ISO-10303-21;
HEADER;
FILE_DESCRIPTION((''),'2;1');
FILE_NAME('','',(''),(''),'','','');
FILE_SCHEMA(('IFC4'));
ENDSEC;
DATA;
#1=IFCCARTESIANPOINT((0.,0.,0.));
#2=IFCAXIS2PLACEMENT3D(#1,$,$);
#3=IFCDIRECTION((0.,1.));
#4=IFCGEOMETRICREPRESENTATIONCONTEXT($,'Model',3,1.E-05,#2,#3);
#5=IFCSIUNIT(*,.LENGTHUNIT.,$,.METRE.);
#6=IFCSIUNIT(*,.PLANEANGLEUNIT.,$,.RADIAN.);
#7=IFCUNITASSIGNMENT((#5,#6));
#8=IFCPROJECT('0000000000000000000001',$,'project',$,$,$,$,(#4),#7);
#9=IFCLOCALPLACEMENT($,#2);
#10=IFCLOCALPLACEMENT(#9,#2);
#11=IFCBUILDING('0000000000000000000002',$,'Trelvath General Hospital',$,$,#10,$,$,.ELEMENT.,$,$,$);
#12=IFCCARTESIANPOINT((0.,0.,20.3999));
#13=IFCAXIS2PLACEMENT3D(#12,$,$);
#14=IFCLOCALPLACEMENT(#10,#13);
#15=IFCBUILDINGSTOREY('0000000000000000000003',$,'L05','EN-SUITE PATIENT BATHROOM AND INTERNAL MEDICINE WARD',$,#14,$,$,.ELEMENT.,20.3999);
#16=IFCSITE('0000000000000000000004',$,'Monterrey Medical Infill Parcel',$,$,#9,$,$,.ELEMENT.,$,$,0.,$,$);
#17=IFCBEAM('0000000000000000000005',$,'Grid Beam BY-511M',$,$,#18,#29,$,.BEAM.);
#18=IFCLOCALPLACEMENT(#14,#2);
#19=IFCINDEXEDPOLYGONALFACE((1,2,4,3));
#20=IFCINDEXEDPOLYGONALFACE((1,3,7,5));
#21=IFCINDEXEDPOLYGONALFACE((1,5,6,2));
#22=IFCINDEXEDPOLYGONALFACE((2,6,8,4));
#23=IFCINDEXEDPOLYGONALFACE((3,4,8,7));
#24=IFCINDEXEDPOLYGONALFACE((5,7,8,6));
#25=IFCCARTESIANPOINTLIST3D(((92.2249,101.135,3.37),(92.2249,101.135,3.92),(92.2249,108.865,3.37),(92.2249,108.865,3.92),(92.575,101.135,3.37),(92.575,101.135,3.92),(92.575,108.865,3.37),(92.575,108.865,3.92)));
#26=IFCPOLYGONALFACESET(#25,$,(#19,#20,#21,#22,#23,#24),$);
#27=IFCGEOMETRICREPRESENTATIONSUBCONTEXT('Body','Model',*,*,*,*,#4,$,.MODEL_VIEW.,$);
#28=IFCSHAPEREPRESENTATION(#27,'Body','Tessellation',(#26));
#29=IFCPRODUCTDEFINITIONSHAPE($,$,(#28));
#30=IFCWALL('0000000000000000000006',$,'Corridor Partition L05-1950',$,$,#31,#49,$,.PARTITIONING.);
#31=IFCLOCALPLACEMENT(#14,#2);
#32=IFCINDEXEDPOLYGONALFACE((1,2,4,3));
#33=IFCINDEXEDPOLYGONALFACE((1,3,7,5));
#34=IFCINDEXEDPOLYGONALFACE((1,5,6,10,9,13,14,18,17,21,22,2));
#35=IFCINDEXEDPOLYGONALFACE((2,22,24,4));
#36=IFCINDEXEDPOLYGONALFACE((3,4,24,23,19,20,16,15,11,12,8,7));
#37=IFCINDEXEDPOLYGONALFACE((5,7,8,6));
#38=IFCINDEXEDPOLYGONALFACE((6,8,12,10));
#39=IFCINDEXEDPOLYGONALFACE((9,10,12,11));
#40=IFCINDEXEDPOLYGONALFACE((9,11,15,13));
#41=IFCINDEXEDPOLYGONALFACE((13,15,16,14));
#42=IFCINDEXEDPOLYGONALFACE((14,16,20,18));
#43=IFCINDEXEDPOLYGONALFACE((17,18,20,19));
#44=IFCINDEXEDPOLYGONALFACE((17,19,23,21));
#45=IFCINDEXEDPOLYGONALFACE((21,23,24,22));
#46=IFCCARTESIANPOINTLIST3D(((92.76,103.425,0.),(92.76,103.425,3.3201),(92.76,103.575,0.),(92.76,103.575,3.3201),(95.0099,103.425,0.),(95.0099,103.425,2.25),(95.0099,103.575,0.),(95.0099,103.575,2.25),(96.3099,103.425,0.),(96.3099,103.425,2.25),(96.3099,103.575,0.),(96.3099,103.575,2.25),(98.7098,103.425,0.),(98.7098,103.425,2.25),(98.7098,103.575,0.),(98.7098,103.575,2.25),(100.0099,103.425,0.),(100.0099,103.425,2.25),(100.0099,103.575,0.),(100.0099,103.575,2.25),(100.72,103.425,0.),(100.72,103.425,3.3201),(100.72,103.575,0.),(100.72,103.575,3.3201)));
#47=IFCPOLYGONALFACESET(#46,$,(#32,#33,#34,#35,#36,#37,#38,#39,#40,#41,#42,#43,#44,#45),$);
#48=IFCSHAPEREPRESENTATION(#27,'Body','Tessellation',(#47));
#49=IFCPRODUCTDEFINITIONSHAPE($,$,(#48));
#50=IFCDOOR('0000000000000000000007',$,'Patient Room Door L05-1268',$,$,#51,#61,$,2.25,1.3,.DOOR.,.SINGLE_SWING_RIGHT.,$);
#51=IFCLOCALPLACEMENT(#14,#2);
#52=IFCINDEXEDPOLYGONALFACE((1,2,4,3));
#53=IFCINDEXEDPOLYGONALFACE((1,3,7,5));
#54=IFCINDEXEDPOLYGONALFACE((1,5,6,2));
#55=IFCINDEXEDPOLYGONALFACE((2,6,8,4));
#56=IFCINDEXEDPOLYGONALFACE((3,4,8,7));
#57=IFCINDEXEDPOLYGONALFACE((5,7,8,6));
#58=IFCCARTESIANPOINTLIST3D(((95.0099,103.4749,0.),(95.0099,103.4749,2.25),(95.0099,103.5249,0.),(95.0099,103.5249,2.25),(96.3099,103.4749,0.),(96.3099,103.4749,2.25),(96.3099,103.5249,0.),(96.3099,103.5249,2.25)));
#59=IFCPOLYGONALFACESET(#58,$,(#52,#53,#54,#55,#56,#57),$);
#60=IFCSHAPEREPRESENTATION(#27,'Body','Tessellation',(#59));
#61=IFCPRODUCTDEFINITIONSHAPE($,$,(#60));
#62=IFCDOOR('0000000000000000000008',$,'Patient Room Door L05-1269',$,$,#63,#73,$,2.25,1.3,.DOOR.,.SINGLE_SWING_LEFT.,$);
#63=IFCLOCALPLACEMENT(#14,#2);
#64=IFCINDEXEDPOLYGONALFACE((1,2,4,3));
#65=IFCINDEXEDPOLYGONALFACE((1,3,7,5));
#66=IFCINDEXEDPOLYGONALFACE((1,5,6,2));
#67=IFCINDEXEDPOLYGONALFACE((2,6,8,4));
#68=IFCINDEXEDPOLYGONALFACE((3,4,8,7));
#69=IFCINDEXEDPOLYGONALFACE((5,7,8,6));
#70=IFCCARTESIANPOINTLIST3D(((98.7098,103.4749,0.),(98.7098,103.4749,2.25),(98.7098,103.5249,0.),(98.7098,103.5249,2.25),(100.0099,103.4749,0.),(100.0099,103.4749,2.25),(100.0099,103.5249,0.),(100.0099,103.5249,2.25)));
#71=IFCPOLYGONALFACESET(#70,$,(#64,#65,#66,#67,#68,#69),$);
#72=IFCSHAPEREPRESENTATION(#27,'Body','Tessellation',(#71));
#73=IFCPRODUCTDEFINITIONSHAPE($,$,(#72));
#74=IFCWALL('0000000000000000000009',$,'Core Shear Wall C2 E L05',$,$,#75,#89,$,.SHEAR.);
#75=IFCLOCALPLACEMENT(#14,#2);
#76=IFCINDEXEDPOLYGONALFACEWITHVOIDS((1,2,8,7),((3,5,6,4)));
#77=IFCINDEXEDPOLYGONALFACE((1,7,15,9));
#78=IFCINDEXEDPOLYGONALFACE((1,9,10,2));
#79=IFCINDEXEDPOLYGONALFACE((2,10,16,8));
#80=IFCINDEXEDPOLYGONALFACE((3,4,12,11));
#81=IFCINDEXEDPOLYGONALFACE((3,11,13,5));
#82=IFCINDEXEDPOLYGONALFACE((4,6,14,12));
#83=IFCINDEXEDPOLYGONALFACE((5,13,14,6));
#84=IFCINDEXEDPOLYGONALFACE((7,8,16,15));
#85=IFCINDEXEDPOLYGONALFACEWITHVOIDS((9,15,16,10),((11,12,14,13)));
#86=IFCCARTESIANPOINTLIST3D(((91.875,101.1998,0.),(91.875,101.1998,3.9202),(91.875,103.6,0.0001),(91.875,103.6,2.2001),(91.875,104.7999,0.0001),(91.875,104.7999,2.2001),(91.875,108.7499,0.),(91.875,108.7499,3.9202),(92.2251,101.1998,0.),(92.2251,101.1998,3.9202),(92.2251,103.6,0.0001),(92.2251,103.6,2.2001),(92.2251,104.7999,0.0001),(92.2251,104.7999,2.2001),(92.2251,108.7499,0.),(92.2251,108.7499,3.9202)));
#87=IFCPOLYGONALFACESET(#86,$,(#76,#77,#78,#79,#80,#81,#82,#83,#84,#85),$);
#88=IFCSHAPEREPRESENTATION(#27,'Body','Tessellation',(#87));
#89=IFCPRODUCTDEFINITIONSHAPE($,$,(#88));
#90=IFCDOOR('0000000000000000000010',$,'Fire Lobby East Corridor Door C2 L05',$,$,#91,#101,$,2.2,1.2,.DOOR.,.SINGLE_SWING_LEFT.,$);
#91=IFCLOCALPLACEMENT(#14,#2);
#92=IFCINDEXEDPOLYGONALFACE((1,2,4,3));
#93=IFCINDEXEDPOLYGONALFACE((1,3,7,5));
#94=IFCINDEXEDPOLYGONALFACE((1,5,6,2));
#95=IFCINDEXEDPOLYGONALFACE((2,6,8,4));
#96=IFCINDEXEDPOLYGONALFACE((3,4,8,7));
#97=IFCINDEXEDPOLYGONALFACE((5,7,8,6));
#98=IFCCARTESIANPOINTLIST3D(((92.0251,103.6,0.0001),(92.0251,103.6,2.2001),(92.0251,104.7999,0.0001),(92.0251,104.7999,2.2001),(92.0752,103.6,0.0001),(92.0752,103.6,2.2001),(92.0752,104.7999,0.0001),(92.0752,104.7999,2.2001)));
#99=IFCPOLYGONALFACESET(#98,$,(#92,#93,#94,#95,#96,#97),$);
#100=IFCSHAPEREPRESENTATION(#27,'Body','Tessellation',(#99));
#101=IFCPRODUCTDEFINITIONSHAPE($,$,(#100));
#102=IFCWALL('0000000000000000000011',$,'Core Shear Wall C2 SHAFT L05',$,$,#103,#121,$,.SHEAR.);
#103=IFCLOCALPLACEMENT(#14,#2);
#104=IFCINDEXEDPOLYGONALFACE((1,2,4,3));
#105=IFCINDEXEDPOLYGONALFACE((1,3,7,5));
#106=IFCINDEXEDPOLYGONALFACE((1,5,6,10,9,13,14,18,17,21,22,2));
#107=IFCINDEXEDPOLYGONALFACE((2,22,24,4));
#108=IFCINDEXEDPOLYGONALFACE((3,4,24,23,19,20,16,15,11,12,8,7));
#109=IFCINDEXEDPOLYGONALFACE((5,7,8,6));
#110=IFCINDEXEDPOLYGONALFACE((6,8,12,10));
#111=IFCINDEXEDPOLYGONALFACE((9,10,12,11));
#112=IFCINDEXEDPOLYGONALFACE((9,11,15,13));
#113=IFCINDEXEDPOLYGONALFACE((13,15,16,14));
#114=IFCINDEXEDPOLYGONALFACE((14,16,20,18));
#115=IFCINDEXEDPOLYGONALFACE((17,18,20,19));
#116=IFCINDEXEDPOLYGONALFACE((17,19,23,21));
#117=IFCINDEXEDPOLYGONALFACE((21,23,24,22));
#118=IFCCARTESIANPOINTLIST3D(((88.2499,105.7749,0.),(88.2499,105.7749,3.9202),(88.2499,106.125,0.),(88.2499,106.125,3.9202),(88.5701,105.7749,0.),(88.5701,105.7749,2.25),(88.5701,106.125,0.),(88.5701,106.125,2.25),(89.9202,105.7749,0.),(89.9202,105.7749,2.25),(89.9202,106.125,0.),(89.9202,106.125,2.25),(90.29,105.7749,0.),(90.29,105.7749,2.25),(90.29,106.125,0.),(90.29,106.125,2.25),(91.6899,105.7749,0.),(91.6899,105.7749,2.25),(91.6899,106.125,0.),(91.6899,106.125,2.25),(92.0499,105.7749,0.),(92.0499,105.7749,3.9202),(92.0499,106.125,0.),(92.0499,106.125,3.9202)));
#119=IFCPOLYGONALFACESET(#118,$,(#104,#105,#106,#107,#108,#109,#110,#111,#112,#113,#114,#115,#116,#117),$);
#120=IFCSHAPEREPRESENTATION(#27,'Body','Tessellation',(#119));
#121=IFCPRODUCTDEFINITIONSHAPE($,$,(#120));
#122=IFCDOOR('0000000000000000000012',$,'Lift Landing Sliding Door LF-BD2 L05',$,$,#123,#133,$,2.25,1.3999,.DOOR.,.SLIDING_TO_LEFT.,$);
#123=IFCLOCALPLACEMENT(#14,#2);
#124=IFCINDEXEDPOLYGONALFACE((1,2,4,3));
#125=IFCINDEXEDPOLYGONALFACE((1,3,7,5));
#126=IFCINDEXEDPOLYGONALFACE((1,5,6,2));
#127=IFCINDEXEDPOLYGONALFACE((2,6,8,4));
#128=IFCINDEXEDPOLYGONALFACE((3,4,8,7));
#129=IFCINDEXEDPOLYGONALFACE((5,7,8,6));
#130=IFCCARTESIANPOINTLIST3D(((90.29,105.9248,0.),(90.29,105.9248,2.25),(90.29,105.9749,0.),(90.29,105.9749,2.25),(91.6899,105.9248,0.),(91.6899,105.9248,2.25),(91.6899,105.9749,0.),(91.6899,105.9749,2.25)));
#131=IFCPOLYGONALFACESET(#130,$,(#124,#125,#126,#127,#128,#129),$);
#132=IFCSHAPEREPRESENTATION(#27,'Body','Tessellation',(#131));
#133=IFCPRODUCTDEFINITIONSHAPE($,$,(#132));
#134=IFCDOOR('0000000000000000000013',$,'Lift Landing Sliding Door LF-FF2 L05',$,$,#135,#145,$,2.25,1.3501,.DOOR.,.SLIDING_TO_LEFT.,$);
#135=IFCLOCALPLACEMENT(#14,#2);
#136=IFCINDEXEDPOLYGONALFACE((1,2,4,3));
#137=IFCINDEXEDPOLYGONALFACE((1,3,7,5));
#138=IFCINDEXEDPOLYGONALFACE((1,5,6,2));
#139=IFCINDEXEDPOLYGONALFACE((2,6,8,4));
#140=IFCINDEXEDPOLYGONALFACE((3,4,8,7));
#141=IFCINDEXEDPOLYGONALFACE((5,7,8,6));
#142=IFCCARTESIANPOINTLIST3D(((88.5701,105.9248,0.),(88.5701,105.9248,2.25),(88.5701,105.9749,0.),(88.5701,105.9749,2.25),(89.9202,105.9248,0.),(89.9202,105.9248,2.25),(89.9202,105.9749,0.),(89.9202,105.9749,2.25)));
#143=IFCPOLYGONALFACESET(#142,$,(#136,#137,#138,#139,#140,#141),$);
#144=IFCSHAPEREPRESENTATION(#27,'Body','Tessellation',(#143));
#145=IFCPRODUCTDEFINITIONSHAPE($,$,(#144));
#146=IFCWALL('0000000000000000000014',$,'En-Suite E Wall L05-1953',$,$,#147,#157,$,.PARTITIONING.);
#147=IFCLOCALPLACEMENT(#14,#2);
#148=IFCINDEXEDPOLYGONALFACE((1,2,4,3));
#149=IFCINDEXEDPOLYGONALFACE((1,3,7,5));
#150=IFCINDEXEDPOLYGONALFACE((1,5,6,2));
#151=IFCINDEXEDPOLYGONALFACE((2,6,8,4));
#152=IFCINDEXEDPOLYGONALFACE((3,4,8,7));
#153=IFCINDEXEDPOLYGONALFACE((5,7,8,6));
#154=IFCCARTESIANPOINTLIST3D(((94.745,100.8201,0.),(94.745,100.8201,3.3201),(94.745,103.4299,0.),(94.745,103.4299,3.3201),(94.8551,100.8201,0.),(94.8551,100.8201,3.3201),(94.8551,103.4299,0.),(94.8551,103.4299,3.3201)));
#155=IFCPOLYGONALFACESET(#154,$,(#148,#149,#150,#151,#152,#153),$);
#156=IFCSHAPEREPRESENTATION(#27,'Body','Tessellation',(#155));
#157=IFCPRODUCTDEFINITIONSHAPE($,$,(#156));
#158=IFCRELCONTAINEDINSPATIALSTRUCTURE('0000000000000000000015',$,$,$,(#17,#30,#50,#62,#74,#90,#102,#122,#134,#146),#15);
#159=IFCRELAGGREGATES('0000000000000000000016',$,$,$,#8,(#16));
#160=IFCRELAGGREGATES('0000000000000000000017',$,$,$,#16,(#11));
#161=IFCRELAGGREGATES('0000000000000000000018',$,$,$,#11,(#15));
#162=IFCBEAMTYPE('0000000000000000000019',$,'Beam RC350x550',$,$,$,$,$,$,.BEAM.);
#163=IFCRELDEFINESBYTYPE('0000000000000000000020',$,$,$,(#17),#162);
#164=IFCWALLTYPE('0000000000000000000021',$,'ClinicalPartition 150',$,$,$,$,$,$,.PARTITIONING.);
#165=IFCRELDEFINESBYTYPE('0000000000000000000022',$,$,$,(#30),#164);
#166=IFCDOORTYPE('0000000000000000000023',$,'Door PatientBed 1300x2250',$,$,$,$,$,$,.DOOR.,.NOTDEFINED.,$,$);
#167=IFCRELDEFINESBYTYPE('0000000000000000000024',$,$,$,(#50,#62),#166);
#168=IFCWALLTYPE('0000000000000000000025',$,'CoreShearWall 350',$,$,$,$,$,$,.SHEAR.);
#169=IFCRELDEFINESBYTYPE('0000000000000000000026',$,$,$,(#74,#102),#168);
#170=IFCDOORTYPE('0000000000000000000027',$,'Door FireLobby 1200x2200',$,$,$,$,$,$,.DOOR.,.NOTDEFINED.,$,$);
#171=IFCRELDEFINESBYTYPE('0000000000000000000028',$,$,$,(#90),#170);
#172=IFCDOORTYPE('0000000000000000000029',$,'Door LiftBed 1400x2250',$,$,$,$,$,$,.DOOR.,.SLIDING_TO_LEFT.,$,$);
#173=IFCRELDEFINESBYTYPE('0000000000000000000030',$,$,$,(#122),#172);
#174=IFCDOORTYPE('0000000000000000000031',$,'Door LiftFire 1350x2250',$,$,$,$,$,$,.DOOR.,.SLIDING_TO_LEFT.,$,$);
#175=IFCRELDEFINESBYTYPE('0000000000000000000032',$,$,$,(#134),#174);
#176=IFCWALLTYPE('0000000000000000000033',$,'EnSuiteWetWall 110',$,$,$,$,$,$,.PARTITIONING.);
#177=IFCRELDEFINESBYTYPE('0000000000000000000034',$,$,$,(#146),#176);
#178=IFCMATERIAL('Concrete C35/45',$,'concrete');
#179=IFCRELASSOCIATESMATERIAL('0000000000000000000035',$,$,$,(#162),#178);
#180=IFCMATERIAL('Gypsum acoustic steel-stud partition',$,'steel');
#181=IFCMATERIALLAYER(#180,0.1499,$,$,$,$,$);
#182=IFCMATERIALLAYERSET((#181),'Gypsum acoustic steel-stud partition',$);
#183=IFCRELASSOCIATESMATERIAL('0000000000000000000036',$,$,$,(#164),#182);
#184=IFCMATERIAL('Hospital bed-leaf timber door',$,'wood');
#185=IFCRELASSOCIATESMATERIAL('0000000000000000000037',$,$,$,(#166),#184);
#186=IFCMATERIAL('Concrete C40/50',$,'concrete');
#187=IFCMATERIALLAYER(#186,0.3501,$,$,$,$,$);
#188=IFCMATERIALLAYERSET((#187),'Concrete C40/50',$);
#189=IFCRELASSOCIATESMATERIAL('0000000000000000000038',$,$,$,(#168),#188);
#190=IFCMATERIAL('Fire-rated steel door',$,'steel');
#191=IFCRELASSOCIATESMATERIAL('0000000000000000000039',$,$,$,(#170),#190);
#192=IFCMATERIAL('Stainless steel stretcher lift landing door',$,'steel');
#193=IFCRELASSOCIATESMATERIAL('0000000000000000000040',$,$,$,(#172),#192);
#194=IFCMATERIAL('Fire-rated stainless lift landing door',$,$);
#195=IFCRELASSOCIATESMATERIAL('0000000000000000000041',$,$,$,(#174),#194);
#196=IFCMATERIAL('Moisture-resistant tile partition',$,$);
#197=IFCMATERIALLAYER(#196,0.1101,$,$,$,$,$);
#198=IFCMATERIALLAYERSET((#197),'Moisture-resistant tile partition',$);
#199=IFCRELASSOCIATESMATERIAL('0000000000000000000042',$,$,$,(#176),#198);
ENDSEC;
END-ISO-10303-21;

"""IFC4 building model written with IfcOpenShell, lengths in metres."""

from ifc_helpers import new_model, si_unit, direction, frame, frame_2d, origin, origin_2d, place, context, subcontext, project, spatial, rectangle, extrude, material, layer, layer_set, material_profile, profile_set, type_object, element, fill, save


model = new_model("IFC4")

# Units and contexts
model_context = context("Model", 3, precision=1e-05, world=origin(), true_north=direction((0.0, 1.0)))
body_context = subcontext(model_context, "Body", "Model", "MODEL_VIEW")
ifc_project = project(units=[si_unit("LENGTHUNIT", "METRE"), si_unit("PLANEANGLEUNIT", "RADIAN")], contexts=[model_context])

# Site, building, storey
site_placement = place(None, origin())
site = spatial("IfcSite", under=ifc_project, at=site_placement, Name="Monterrey Medical Infill Parcel", CompositionType="ELEMENT", RefElevation=0.0)
building_placement = place(site_placement, origin())
building = spatial("IfcBuilding", under=site, at=building_placement, Name="Trelvath General Hospital", CompositionType="ELEMENT")
storey_placement = place(building_placement, frame((0.0, 0.0, 20.3999)))
storey = spatial("IfcBuildingStorey", under=building, at=storey_placement, Name="L05", Description="EN-SUITE PATIENT BATHROOM AND INTERNAL MEDICINE WARD", CompositionType="ELEMENT", Elevation=20.3999)

# Beam
ifc_material_1 = material(Name="Concrete C35/45", Category="concrete")
ifc_material_profile = material_profile(ifc_material_1, rectangle(XDim=0.3501, YDim=0.55, at=origin_2d()), Name="RCB350x550")
ifc_profile_set = profile_set([ifc_material_profile], Name="Concrete C35/45")
beam_type = type_object("IfcBeamType", Name="Beam RC350x550", PredefinedType="BEAM", material=ifc_profile_set)
beam_placement = place(storey_placement, frame((92.3999, 101.135, 3.645), z_axis=(0.0, 1.0, 0.0), x_axis=(-1.0, 0.0, 0.0)))
element("IfcBeam", 1, at=beam_placement, inside=storey, type_object=beam_type, Name="Grid Beam BY-511M", PredefinedType="BEAM", context=body_context, shape_type="SweptSolid", body=[
    extrude(rectangle(XDim=0.3501, YDim=0.55, at=origin_2d()), origin(), (0.0, 0.0, 1.0), 7.73),
])

# Wall, openings, doors
ifc_material_2 = material(Name="Gypsum acoustic steel-stud partition", Category="steel")
ifc_layer_1 = layer(ifc_material_2, 0.1499)
ifc_layer_set_1 = layer_set([ifc_layer_1], Name="Gypsum acoustic steel-stud partition")
wall_type_1 = type_object("IfcWallType", Name="ClinicalPartition 150", PredefinedType="PARTITIONING", material=ifc_layer_set_1)
wall_1_placement = place(storey_placement, frame((92.76, 103.5, 0.0), z_axis=(0.0, 0.0, 1.0), x_axis=(1.0, 0.0, 0.0)))
wall_1 = element("IfcWall", 2, at=wall_1_placement, inside=storey, type_object=wall_type_1, Name="Corridor Partition L05-1950", PredefinedType="PARTITIONING", context=body_context, shape_type="SweptSolid", body=[
    extrude(rectangle(XDim=7.96, YDim=0.1499, at=frame_2d((3.98, 0.0))), origin(), (0.0, 0.0, 1.0), 3.3201),
])
opening_1_placement = place(wall_1_placement, frame((2.25, 0.0, 0.0)))
opening_1 = element("IfcOpeningElement", 3, at=opening_1_placement, cuts=wall_1, PredefinedType="OPENING", context=body_context, shape_type="SweptSolid", body=[
    extrude(rectangle(XDim=1.3, YDim=2.25, at=frame_2d((0.6499, 1.125))), frame((0.0, 0.085, 0.0), z_axis=(0.0, -1.0, 0.0), x_axis=(1.0, 0.0, 0.0)), (0.0, 0.0, 1.0), 0.1699),
])
opening_2_placement = place(wall_1_placement, frame((5.95, 0.0, 0.0)))
opening_2 = element("IfcOpeningElement", 4, at=opening_2_placement, cuts=wall_1, PredefinedType="OPENING", context=body_context, shape_type="SweptSolid", body=[
    extrude(rectangle(XDim=1.3, YDim=2.25, at=frame_2d((0.6499, 1.125))), frame((0.0, 0.085, 0.0), z_axis=(0.0, -1.0, 0.0), x_axis=(1.0, 0.0, 0.0)), (0.0, 0.0, 1.0), 0.1699),
])
ifc_material_3 = material(Name="Hospital bed-leaf timber door", Category="wood")
door_type_1 = type_object("IfcDoorType", Name="Door PatientBed 1300x2250", OperationType="NOTDEFINED", PredefinedType="DOOR", material=ifc_material_3)
door_1_placement = place(opening_1_placement, origin())
door_1 = element("IfcDoor", 5, at=door_1_placement, inside=storey, type_object=door_type_1, Name="Patient Room Door L05-1268", OperationType="SINGLE_SWING_RIGHT", OverallHeight=2.25, OverallWidth=1.3, PredefinedType="DOOR", context=body_context, shape_type="SweptSolid", body=[
    extrude(rectangle(XDim=1.3, YDim=2.25, at=frame_2d((0.6499, 1.125))), frame((0.0, 0.0249, 0.0), z_axis=(0.0, -1.0, 0.0), x_axis=(1.0, 0.0, 0.0)), (0.0, 0.0, 1.0), 0.05),
])
fill(opening_1, door_1)
door_2_placement = place(opening_2_placement, origin())
door_2 = element("IfcDoor", 6, at=door_2_placement, inside=storey, type_object=door_type_1, Name="Patient Room Door L05-1269", OperationType="SINGLE_SWING_LEFT", OverallHeight=2.25, OverallWidth=1.3, PredefinedType="DOOR", context=body_context, shape_type="SweptSolid", body=[
    extrude(rectangle(XDim=1.3, YDim=2.25, at=frame_2d((0.6499, 1.125))), frame((0.0, 0.0249, 0.0), z_axis=(0.0, -1.0, 0.0), x_axis=(1.0, 0.0, 0.0)), (0.0, 0.0, 1.0), 0.05),
])
fill(opening_2, door_2)

# Wall, opening, door
ifc_material_4 = material(Name="Concrete C40/50", Category="concrete")
ifc_layer_2 = layer(ifc_material_4, 0.3501)
ifc_layer_set_2 = layer_set([ifc_layer_2], Name="Concrete C40/50")
wall_type_2 = type_object("IfcWallType", Name="CoreShearWall 350", PredefinedType="SHEAR", material=ifc_layer_set_2)
wall_2_placement = place(storey_placement, frame((92.05, 101.2, 0.0), z_axis=(0.0, 0.0, 1.0), x_axis=(0.0, 1.0, 0.0)))
wall_2 = element("IfcWall", 7, at=wall_2_placement, inside=storey, type_object=wall_type_2, Name="Core Shear Wall C2 E L05", PredefinedType="SHEAR", context=body_context, shape_type="SweptSolid", body=[
    extrude(rectangle(XDim=7.55, YDim=0.3501, at=frame_2d((3.7749, 0.0))), origin(), (0.0, 0.0, 1.0), 3.9202),
])
opening_3_placement = place(wall_2_placement, frame((2.3999, 0.0, 0.0)))
opening_3 = element("IfcOpeningElement", 8, at=opening_3_placement, cuts=wall_2, PredefinedType="OPENING", context=body_context, shape_type="SweptSolid", body=[
    extrude(rectangle(XDim=1.2, YDim=2.2, at=frame_2d((0.6001, 1.1001))), frame((0.0, 0.1851, 0.0), z_axis=(0.0, -1.0, 0.0), x_axis=(1.0, 0.0, 0.0)), (0.0, 0.0, 1.0), 0.3701),
])
ifc_material_5 = material(Name="Fire-rated steel door", Category="steel")
door_type_2 = type_object("IfcDoorType", Name="Door FireLobby 1200x2200", OperationType="NOTDEFINED", PredefinedType="DOOR", material=ifc_material_5)
door_3_placement = place(opening_3_placement, origin())
door_3 = element("IfcDoor", 9, at=door_3_placement, inside=storey, type_object=door_type_2, Name="Fire Lobby East Corridor Door C2 L05", OperationType="SINGLE_SWING_LEFT", OverallHeight=2.2, OverallWidth=1.2, PredefinedType="DOOR", context=body_context, shape_type="SweptSolid", body=[
    extrude(rectangle(XDim=1.2, YDim=2.2, at=frame_2d((0.6001, 1.1001))), frame((0.0, 0.0249, 0.0), z_axis=(0.0, -1.0, 0.0), x_axis=(1.0, 0.0, 0.0)), (0.0, 0.0, 1.0), 0.05),
])
fill(opening_3, door_3)

# Wall, openings, doors
wall_3_placement = place(storey_placement, frame((88.25, 105.95, 0.0), z_axis=(0.0, 0.0, 1.0), x_axis=(1.0, 0.0, 0.0)))
wall_3 = element("IfcWall", 10, at=wall_3_placement, inside=storey, type_object=wall_type_2, Name="Core Shear Wall C2 SHAFT L05", PredefinedType="SHEAR", context=body_context, shape_type="SweptSolid", body=[
    extrude(rectangle(XDim=3.8, YDim=0.3501, at=frame_2d((1.8999, 0.0))), origin(), (0.0, 0.0, 1.0), 3.9202),
])
opening_4_placement = place(wall_3_placement, frame((0.3201, 0.0, 0.0)))
opening_4 = element("IfcOpeningElement", 11, at=opening_4_placement, cuts=wall_3, PredefinedType="OPENING", context=body_context, shape_type="SweptSolid", body=[
    extrude(rectangle(XDim=1.3501, YDim=2.25, at=frame_2d((0.675, 1.125))), frame((0.0, 0.1851, 0.0), z_axis=(0.0, -1.0, 0.0), x_axis=(1.0, 0.0, 0.0)), (0.0, 0.0, 1.0), 0.3701),
])
opening_5_placement = place(wall_3_placement, frame((2.04, 0.0, 0.0)))
opening_5 = element("IfcOpeningElement", 12, at=opening_5_placement, cuts=wall_3, PredefinedType="OPENING", context=body_context, shape_type="SweptSolid", body=[
    extrude(rectangle(XDim=1.3999, YDim=2.25, at=frame_2d((0.7, 1.125))), frame((0.0, 0.1851, 0.0), z_axis=(0.0, -1.0, 0.0), x_axis=(1.0, 0.0, 0.0)), (0.0, 0.0, 1.0), 0.3701),
])
ifc_material_6 = material(Name="Stainless steel stretcher lift landing door", Category="steel")
door_type_3 = type_object("IfcDoorType", Name="Door LiftBed 1400x2250", OperationType="SLIDING_TO_LEFT", PredefinedType="DOOR", material=ifc_material_6)
door_4_placement = place(opening_5_placement, origin())
door_4 = element("IfcDoor", 13, at=door_4_placement, inside=storey, type_object=door_type_3, Name="Lift Landing Sliding Door LF-BD2 L05", OperationType="SLIDING_TO_LEFT", OverallHeight=2.25, OverallWidth=1.3999, PredefinedType="DOOR", context=body_context, shape_type="SweptSolid", body=[
    extrude(rectangle(XDim=1.3999, YDim=2.25, at=frame_2d((0.7, 1.125))), frame((0.0, 0.0249, 0.0), z_axis=(0.0, -1.0, 0.0), x_axis=(1.0, 0.0, 0.0)), (0.0, 0.0, 1.0), 0.05),
])
fill(opening_5, door_4)
ifc_material_7 = material(Name="Fire-rated stainless lift landing door")
door_type_4 = type_object("IfcDoorType", Name="Door LiftFire 1350x2250", OperationType="SLIDING_TO_LEFT", PredefinedType="DOOR", material=ifc_material_7)
door_5_placement = place(opening_4_placement, origin())
door_5 = element("IfcDoor", 14, at=door_5_placement, inside=storey, type_object=door_type_4, Name="Lift Landing Sliding Door LF-FF2 L05", OperationType="SLIDING_TO_LEFT", OverallHeight=2.25, OverallWidth=1.3501, PredefinedType="DOOR", context=body_context, shape_type="SweptSolid", body=[
    extrude(rectangle(XDim=1.3501, YDim=2.25, at=frame_2d((0.675, 1.125))), frame((0.0, 0.0249, 0.0), z_axis=(0.0, -1.0, 0.0), x_axis=(1.0, 0.0, 0.0)), (0.0, 0.0, 1.0), 0.05),
])
fill(opening_4, door_5)

# Wall
ifc_material_8 = material(Name="Moisture-resistant tile partition")
ifc_layer_3 = layer(ifc_material_8, 0.1101)
ifc_layer_set_3 = layer_set([ifc_layer_3], Name="Moisture-resistant tile partition")
wall_type_3 = type_object("IfcWallType", Name="EnSuiteWetWall 110", PredefinedType="PARTITIONING", material=ifc_layer_set_3)
for number, where, z_axis, x_axis, name in (
    (15, (94.8, 100.8201, 0.0), (0.0, 0.0, 1.0), (0.0, 1.0, 0.0), "En-Suite E Wall L05-1953"),
):
    element("IfcWall", number, at=place(storey_placement, frame(where, z_axis=z_axis, x_axis=x_axis)), inside=storey, type_object=wall_type_3, Name=name, PredefinedType="PARTITIONING", context=body_context, shape_type="SweptSolid", body=[
        extrude(rectangle(XDim=2.6099, YDim=0.1101, at=frame_2d((1.3049, 0.0))), origin(), (0.0, 0.0, 1.0), 3.3201),
    ])

save(model, "model.ifc")
